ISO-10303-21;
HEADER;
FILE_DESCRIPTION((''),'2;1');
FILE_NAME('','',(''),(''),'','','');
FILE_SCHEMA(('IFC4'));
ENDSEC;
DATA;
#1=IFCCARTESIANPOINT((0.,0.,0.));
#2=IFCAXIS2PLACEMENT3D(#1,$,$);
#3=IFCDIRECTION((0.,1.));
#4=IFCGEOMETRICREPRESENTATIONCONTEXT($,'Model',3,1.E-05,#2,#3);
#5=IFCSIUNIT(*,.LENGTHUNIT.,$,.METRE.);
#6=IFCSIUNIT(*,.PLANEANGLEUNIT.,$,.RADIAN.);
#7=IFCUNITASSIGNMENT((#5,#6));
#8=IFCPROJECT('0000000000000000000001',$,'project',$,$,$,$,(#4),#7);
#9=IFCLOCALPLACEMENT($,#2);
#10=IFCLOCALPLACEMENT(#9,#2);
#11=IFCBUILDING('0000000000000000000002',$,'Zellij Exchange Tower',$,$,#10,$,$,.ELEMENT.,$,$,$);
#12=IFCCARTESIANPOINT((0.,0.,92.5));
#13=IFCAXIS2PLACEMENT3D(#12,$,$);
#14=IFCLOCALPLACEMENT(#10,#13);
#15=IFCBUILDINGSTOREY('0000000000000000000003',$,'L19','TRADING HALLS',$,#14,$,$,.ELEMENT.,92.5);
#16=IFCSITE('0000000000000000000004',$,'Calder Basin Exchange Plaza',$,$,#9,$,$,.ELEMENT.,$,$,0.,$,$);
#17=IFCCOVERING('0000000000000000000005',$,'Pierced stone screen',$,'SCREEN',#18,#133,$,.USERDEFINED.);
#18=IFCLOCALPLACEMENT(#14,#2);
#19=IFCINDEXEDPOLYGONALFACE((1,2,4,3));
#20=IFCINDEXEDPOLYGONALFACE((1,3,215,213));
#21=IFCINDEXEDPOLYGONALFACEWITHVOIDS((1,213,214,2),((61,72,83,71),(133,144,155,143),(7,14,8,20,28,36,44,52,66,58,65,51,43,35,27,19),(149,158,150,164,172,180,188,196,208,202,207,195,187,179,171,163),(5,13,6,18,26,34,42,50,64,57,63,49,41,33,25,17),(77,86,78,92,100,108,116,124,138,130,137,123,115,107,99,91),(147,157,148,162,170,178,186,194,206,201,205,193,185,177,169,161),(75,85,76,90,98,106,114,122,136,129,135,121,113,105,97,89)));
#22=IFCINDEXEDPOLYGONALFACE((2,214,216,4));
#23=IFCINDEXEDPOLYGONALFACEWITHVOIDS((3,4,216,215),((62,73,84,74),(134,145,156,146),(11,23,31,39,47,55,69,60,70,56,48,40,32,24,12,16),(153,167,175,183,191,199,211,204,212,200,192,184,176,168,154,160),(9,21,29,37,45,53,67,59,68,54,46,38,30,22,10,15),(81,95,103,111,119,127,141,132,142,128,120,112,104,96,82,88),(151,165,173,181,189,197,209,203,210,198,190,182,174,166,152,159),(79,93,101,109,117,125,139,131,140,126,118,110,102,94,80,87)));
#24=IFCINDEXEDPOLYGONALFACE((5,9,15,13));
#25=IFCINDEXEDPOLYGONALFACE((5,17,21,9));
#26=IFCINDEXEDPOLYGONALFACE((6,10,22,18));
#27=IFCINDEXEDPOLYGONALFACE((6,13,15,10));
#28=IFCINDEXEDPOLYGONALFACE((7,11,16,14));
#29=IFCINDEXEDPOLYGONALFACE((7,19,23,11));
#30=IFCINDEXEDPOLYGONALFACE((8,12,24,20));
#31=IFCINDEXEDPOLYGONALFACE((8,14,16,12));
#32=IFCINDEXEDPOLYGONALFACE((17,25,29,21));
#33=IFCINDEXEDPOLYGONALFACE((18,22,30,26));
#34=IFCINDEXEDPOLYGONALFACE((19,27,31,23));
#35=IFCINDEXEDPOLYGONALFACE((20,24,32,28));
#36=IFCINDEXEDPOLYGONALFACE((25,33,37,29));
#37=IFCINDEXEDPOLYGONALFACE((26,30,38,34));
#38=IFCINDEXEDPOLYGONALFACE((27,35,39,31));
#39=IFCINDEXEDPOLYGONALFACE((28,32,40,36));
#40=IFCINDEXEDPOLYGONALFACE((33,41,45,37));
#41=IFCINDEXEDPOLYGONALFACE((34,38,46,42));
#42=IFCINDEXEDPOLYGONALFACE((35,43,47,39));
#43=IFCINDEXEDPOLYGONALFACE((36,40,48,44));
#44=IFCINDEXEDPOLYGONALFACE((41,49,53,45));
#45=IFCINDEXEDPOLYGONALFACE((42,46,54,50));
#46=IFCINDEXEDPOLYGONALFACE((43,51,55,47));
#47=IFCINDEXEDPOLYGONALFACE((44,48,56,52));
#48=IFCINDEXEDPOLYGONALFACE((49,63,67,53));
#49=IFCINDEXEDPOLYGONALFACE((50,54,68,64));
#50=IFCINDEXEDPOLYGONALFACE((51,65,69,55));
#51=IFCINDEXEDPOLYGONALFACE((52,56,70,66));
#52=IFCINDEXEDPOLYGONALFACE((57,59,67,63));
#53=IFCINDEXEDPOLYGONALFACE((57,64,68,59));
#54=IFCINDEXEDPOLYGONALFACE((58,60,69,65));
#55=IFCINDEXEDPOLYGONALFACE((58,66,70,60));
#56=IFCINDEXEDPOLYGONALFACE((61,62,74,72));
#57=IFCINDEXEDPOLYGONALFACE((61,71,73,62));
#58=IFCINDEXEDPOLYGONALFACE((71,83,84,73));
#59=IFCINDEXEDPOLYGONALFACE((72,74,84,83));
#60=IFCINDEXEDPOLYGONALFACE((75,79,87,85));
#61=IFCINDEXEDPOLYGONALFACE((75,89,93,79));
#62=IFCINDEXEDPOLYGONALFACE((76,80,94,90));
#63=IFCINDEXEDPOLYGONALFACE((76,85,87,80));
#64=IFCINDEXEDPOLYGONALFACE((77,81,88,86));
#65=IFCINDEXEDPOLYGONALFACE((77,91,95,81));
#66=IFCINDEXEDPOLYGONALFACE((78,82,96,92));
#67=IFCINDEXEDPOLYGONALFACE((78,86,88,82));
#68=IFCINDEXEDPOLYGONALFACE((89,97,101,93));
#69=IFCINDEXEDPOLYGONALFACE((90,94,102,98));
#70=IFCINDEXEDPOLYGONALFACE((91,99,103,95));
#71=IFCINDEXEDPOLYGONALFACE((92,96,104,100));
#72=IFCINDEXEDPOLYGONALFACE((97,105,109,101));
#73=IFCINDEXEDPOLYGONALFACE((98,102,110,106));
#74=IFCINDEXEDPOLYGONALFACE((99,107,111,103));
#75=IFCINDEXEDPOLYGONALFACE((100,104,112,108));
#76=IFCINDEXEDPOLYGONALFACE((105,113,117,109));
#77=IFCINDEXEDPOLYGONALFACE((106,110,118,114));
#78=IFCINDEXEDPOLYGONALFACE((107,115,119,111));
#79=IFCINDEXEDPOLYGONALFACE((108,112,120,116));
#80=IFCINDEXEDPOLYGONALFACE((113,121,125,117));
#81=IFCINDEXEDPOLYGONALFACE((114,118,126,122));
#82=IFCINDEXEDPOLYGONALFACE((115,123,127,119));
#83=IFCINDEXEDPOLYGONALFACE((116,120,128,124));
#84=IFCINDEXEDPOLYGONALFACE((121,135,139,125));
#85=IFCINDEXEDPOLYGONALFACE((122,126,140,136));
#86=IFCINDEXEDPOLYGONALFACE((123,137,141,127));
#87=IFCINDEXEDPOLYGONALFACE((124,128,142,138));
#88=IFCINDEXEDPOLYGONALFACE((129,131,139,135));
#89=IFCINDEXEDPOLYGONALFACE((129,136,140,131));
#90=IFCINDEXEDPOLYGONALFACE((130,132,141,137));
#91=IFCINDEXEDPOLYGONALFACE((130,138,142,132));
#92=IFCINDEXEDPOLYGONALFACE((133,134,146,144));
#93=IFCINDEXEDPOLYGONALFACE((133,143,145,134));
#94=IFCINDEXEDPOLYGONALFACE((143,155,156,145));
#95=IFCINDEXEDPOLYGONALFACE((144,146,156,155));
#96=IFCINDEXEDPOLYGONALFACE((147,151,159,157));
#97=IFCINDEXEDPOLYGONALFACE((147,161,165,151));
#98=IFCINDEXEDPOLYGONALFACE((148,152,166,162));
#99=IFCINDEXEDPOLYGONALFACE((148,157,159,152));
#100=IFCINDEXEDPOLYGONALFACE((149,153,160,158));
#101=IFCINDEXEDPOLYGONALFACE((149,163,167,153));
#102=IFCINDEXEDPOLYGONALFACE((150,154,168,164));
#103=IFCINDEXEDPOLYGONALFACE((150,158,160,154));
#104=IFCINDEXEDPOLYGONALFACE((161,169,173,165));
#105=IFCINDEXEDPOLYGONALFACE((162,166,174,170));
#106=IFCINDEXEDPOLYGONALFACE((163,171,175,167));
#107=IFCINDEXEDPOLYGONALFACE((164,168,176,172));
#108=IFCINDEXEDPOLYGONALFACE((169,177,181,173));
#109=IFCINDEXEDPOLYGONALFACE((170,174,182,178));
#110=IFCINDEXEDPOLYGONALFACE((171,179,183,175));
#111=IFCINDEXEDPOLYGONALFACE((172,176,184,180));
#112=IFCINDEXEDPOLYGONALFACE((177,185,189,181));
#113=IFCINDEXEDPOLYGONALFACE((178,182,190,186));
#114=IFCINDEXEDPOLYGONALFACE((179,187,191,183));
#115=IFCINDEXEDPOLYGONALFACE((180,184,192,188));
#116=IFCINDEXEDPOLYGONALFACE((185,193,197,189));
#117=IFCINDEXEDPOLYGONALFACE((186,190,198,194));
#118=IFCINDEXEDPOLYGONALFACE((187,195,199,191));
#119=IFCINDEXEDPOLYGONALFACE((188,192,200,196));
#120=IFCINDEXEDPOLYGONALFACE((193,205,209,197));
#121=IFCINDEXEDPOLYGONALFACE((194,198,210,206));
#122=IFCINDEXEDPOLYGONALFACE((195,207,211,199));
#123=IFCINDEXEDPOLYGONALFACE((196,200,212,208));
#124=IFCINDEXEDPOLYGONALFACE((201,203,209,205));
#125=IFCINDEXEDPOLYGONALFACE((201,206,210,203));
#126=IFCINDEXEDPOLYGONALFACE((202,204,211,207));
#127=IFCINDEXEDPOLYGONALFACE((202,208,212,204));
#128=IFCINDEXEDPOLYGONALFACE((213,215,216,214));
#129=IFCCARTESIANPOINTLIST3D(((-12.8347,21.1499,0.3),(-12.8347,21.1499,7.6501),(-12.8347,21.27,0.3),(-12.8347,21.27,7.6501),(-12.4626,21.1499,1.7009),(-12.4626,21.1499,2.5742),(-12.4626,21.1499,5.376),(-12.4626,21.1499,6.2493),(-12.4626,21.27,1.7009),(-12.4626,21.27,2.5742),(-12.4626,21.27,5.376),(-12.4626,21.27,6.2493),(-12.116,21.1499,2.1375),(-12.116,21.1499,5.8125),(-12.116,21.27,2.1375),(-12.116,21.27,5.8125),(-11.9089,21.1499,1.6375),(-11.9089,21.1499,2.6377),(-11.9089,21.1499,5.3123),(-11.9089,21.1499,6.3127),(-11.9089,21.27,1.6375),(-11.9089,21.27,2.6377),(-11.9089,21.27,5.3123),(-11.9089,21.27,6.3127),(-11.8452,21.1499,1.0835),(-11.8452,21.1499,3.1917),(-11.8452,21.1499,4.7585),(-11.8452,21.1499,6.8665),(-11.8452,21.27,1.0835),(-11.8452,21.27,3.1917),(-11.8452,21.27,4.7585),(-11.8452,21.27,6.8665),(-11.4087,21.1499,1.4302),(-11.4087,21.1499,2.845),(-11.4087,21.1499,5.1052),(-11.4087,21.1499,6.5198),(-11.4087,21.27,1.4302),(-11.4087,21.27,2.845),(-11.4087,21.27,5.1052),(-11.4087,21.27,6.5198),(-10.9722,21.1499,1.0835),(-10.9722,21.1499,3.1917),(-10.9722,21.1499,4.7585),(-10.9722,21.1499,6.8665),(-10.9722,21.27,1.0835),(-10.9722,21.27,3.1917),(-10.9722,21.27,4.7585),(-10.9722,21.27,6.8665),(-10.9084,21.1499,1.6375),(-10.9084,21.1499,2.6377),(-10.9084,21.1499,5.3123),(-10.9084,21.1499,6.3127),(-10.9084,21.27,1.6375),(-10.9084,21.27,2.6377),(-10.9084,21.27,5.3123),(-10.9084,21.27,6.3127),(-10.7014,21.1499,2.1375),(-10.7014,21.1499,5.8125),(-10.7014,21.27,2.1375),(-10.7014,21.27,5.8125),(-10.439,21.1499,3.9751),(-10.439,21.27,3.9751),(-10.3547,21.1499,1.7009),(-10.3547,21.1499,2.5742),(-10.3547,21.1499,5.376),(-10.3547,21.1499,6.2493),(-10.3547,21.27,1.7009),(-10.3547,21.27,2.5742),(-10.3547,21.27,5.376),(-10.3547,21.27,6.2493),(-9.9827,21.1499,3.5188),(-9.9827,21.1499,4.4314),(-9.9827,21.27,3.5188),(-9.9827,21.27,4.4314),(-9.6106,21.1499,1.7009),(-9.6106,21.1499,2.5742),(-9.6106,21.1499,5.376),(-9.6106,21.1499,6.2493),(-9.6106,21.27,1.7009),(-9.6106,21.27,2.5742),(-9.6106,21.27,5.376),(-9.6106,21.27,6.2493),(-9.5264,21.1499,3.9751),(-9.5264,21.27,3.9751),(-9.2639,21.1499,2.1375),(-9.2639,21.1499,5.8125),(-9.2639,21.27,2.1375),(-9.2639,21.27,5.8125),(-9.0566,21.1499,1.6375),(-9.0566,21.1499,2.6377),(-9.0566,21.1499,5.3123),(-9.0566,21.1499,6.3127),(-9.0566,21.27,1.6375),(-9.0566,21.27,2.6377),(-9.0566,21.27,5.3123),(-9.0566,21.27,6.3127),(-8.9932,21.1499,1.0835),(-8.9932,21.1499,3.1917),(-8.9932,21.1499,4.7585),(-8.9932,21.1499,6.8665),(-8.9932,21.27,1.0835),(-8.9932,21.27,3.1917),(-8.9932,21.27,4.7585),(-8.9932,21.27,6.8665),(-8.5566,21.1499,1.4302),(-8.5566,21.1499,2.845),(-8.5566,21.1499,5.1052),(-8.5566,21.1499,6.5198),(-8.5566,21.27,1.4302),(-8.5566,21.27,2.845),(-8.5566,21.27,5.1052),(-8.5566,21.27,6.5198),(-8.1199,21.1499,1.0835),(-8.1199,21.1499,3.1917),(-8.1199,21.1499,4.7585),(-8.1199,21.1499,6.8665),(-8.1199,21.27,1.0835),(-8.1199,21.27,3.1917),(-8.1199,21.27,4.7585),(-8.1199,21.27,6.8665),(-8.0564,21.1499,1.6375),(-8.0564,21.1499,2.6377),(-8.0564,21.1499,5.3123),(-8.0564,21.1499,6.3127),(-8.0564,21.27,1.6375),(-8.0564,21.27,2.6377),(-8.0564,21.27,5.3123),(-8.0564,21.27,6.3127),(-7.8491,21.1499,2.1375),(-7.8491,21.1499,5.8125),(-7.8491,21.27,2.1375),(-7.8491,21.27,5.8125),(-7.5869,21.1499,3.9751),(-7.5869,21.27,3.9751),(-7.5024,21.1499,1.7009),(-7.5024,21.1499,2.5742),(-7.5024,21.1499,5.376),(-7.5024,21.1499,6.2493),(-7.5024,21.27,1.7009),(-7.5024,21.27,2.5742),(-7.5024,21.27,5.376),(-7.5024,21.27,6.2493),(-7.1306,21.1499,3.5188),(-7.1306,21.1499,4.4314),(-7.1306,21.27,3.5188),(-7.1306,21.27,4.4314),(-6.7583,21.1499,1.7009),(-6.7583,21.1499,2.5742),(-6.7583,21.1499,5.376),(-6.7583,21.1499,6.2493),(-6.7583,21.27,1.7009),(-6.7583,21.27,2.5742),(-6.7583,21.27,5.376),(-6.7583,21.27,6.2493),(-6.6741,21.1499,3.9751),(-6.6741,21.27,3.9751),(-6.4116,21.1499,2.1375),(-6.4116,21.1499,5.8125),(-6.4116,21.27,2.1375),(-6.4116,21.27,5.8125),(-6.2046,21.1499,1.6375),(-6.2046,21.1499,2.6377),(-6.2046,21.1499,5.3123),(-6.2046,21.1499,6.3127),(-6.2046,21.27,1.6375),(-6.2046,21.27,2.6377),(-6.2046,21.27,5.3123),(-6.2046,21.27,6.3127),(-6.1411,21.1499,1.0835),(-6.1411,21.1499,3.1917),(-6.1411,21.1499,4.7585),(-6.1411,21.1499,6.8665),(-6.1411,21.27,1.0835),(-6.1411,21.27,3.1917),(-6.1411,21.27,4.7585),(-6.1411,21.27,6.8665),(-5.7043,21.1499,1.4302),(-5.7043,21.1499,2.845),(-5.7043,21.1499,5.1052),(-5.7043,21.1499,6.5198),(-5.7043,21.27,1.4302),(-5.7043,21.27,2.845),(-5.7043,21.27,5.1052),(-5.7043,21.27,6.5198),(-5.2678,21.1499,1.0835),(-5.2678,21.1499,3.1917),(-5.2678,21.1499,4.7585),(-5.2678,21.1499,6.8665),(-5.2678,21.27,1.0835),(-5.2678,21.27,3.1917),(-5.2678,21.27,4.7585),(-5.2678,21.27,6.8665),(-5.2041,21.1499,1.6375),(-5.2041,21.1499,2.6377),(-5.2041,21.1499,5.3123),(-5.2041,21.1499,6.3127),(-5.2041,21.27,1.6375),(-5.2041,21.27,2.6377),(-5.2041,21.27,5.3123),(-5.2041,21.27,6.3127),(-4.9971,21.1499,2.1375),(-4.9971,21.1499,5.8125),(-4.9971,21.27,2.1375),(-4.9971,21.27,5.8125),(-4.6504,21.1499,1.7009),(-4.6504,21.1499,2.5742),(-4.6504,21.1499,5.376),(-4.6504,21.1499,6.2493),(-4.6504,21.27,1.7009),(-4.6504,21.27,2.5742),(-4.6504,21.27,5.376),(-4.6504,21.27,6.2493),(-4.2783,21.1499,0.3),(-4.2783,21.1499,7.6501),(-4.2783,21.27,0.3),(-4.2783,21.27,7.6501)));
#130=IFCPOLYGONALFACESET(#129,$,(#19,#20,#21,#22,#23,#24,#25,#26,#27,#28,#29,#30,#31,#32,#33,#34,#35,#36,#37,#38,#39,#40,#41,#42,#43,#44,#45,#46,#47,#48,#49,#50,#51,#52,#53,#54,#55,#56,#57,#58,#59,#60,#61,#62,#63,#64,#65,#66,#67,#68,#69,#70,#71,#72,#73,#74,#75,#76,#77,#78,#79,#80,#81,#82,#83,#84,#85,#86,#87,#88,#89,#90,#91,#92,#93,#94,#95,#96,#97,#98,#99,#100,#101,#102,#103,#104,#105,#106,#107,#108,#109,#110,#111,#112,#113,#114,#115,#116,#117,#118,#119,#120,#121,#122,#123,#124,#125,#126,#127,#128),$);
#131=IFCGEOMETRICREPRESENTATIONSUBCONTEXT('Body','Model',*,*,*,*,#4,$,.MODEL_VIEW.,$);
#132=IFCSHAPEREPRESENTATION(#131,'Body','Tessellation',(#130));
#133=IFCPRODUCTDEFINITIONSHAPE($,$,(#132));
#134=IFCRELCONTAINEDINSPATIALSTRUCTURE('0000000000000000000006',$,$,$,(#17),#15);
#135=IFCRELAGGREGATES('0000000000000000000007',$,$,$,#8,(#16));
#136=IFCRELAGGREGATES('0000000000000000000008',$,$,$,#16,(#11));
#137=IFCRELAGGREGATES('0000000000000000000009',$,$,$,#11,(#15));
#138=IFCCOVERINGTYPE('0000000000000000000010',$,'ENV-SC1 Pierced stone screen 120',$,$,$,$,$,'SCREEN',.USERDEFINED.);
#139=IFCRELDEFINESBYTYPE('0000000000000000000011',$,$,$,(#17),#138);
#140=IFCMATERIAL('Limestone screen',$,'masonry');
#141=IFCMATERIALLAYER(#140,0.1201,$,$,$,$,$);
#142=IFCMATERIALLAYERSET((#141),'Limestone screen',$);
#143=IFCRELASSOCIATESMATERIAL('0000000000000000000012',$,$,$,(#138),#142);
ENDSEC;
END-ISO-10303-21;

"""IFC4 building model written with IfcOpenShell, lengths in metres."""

from ifc_helpers import new_model, si_unit, direction, frame, origin, place, context, subcontext, project, spatial, polyline, outline, extrude, material, layer, layer_set, type_object, element, save


model = new_model("IFC4")

# Units and contexts
model_context = context("Model", 3, precision=1e-05, world=origin(), true_north=direction((0.0, 1.0)))
body_context = subcontext(model_context, "Body", "Model", "MODEL_VIEW")
ifc_project = project(units=[si_unit("LENGTHUNIT", "METRE"), si_unit("PLANEANGLEUNIT", "RADIAN")], contexts=[model_context])

# Site, building, storey
site_placement = place(None, origin())
site = spatial("IfcSite", under=ifc_project, at=site_placement, Name="Calder Basin Exchange Plaza", CompositionType="ELEMENT", RefElevation=0.0)
building_placement = place(site_placement, origin())
building = spatial("IfcBuilding", under=site, at=building_placement, Name="Zellij Exchange Tower", CompositionType="ELEMENT")
storey_placement = place(building_placement, frame((0.0, 0.0, 92.5)))
storey = spatial("IfcBuildingStorey", under=building, at=storey_placement, Name="L19", Description="TRADING HALLS", CompositionType="ELEMENT", Elevation=92.5)

# Covering
ifc_material_1 = material(Name="Limestone screen", Category="masonry")
ifc_layer_1 = layer(ifc_material_1, 0.1201)
ifc_layer_set_1 = layer_set([ifc_layer_1], Name="Limestone screen")
covering_type = type_object("IfcCoveringType", Name="ENV-SC1 Pierced stone screen 120", ElementType="SCREEN", PredefinedType="USERDEFINED", material=ifc_layer_set_1)
covering_1_placement = place(storey_placement, frame((-4.2783, 21.21, 0.3), z_axis=(0.0, 0.0, 1.0), x_axis=(-1.0, 0.0, 0.0)))
element("IfcCovering", 1, at=covering_1_placement, inside=storey, type_object=covering_type, Name="Pierced stone screen", ObjectType="SCREEN", PredefinedType="USERDEFINED", context=body_context, shape_type="SweptSolid", body=[
    extrude(outline(polyline([(0.0, 0.0), (8.5564, 0.0), (8.5564, 7.3501), (0.0, 7.3501), (0.0, 0.0)]), holes=[polyline([(2.48, 2.2742), (1.9263, 2.3376), (1.8628, 2.8916), (1.426, 2.5449), (0.9895, 2.8916), (0.9258, 2.3376), (0.3721, 2.2742), (0.7188, 1.8374), (0.3721, 1.4009), (0.9258, 1.3374), (0.9895, 0.7834), (1.426, 1.1301), (1.8628, 0.7834), (1.9263, 1.3374), (2.48, 1.4009), (2.1333, 1.8374), (2.48, 2.2742)]), polyline([(2.48, 5.9492), (1.9263, 6.0127), (1.8628, 6.5664), (1.426, 6.2197), (0.9895, 6.5664), (0.9258, 6.0127), (0.3721, 5.9492), (0.7188, 5.5125), (0.3721, 5.0759), (0.9258, 5.0122), (0.9895, 4.4585), (1.426, 4.8052), (1.8628, 4.4585), (1.9263, 5.0122), (2.48, 5.0759), (2.1333, 5.5125), (2.48, 5.9492)]), polyline([(5.3323, 2.2742), (4.7783, 2.3376), (4.7148, 2.8916), (4.2783, 2.5449), (3.8416, 2.8916), (3.7781, 2.3376), (3.2241, 2.2742), (3.5708, 1.8374), (3.2241, 1.4009), (3.7781, 1.3374), (3.8416, 0.7834), (4.2783, 1.1301), (4.7148, 0.7834), (4.7783, 1.3374), (5.3323, 1.4009), (4.9856, 1.8374), (5.3323, 2.2742)]), polyline([(5.3323, 5.9492), (4.7783, 6.0127), (4.7148, 6.5664), (4.2783, 6.2197), (3.8416, 6.5664), (3.7781, 6.0127), (3.2241, 5.9492), (3.5708, 5.5125), (3.2241, 5.0759), (3.7781, 5.0122), (3.8416, 4.4585), (4.2783, 4.8052), (4.7148, 4.4585), (4.7783, 5.0122), (5.3323, 5.0759), (4.9856, 5.5125), (5.3323, 5.9492)]), polyline([(8.1843, 2.2742), (7.6306, 2.3376), (7.5669, 2.8916), (7.1304, 2.5449), (6.6938, 2.8916), (6.6301, 2.3376), (6.0764, 2.2742), (6.4231, 1.8374), (6.0764, 1.4009), (6.6301, 1.3374), (6.6938, 0.7834), (7.1304, 1.1301), (7.5669, 0.7834), (7.6306, 1.3374), (8.1843, 1.4009), (7.8376, 1.8374), (8.1843, 2.2742)]), polyline([(8.1843, 5.9492), (7.6306, 6.0127), (7.5669, 6.5664), (7.1304, 6.2197), (6.6938, 6.5664), (6.6301, 6.0127), (6.0764, 5.9492), (6.4231, 5.5125), (6.0764, 5.0759), (6.6301, 5.0122), (6.6938, 4.4585), (7.1304, 4.8052), (7.5669, 4.4585), (7.6306, 5.0122), (8.1843, 5.0759), (7.8376, 5.5125), (8.1843, 5.9492)]), polyline([(3.3086, 3.675), (2.8523, 4.1313), (2.3958, 3.675), (2.8523, 3.2188), (3.3086, 3.675)]), polyline([(6.1606, 3.675), (5.7043, 4.1313), (5.248, 3.675), (5.7043, 3.2188), (6.1606, 3.675)])]), frame((0.0, 0.0601, 0.0), z_axis=(0.0, -1.0, 0.0), x_axis=(1.0, 0.0, 0.0)), (0.0, 0.0, 1.0), 0.1201),
])

save(model, "model.ifc")
